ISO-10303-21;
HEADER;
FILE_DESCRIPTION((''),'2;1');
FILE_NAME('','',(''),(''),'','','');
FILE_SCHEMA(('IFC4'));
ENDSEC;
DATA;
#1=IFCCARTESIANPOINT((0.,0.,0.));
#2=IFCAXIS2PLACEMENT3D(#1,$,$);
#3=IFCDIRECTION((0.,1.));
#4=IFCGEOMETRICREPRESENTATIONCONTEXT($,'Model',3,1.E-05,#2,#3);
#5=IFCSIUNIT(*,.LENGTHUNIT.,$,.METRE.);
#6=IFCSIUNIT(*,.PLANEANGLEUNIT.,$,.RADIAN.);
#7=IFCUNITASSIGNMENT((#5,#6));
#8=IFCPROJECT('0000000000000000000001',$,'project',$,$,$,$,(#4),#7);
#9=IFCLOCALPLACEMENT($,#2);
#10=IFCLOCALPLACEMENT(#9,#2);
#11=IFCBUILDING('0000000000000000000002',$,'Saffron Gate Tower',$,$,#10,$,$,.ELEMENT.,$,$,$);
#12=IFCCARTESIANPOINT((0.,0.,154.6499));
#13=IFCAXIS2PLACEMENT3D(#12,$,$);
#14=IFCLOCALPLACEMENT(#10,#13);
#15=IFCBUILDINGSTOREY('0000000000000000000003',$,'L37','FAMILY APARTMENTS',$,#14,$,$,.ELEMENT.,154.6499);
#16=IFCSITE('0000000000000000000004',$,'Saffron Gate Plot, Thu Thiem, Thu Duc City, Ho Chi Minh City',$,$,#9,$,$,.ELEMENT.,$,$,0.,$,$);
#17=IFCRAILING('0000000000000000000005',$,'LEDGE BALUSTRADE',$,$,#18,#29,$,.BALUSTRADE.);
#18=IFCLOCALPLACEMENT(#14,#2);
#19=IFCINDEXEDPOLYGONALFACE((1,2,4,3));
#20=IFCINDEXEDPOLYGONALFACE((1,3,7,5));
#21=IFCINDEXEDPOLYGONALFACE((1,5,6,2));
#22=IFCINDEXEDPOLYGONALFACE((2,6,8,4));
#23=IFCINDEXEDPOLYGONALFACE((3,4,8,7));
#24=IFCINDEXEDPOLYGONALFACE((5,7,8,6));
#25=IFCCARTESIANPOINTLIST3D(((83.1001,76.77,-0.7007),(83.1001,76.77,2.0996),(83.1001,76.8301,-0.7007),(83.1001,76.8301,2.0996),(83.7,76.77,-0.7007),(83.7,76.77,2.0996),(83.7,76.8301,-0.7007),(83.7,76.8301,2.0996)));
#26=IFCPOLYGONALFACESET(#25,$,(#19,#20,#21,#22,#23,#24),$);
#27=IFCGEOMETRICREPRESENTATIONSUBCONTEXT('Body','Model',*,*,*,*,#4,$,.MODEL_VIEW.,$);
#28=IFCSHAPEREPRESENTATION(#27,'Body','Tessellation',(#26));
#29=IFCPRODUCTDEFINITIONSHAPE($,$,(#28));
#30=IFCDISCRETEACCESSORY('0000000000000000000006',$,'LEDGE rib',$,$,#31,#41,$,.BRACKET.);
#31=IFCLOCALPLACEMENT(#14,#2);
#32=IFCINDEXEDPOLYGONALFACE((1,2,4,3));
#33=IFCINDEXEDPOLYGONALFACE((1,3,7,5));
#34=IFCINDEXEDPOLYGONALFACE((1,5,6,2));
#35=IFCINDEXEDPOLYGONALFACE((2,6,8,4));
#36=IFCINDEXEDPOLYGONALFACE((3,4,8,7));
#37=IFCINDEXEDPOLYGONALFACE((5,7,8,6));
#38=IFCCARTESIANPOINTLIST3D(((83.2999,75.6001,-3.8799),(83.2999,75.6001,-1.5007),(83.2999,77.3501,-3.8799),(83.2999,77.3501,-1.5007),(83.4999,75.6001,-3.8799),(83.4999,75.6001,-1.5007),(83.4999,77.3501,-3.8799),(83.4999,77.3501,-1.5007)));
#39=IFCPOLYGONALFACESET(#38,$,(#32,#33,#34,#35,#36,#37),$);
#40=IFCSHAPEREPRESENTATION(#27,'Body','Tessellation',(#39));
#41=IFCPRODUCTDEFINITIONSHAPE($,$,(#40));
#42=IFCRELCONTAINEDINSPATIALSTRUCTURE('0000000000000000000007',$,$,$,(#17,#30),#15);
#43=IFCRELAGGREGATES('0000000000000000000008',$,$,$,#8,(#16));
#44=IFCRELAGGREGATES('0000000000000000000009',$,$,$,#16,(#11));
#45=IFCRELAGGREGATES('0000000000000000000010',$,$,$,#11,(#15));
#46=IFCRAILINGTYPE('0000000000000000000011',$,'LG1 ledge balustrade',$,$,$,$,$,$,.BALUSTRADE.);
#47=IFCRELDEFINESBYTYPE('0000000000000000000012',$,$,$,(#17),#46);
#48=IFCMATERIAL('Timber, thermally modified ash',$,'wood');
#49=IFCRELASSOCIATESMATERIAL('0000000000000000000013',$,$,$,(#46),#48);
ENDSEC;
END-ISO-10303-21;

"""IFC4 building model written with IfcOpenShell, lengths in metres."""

from ifc_helpers import new_model, si_unit, direction, frame, origin, origin_2d, place, context, subcontext, project, spatial, rectangle, extrude, material, type_object, element, save


model = new_model("IFC4")

# Units and contexts
model_context = context("Model", 3, precision=1e-05, world=origin(), true_north=direction((0.0, 1.0)))
body_context = subcontext(model_context, "Body", "Model", "MODEL_VIEW")
ifc_project = project(units=[si_unit("LENGTHUNIT", "METRE"), si_unit("PLANEANGLEUNIT", "RADIAN")], contexts=[model_context])

# Site, building, storey
site_placement = place(None, origin())
site = spatial("IfcSite", under=ifc_project, at=site_placement, Name="Saffron Gate Plot, Thu Thiem, Thu Duc City, Ho Chi Minh City", CompositionType="ELEMENT", RefElevation=0.0)
building_placement = place(site_placement, origin())
building = spatial("IfcBuilding", under=site, at=building_placement, Name="Saffron Gate Tower", CompositionType="ELEMENT")
storey_placement = place(building_placement, frame((0.0, 0.0, 154.6499)))
storey = spatial("IfcBuildingStorey", under=building, at=storey_placement, Name="L37", Description="FAMILY APARTMENTS", CompositionType="ELEMENT", Elevation=154.6499)

# Shared definitions
ifc_material_1 = material(Name="Timber, thermally modified ash", Category="wood")

# Railing
railing_type_1 = type_object("IfcRailingType", Name="LG1 ledge balustrade", PredefinedType="BALUSTRADE", material=ifc_material_1)
railing_1_placement = place(storey_placement, frame((83.7, 76.8, -0.7007)))
element("IfcRailing", 1, at=railing_1_placement, inside=storey, type_object=railing_type_1, Name="LEDGE BALUSTRADE", PredefinedType="BALUSTRADE", context=body_context, shape_type="SweptSolid", body=[
    extrude(rectangle(XDim=0.0601, YDim=2.8003, at=origin_2d()), frame((0.0, 0.0, 1.4001), z_axis=(-1.0, 0.0, 0.0), x_axis=(0.0, -1.0, 0.0)), (0.0, 0.0, 1.0), 0.5999),
])

# Discrete accessory
discrete_accessory_placement = place(storey_placement, frame((83.3999, 76.4751, -3.8799), z_axis=(0.0, 0.0, 1.0), x_axis=(-1.0, 0.0, 0.0)))
element("IfcDiscreteAccessory", 2, at=discrete_accessory_placement, inside=storey, Name="LEDGE rib", PredefinedType="BRACKET", context=body_context, shape_type="SweptSolid", body=[
    extrude(rectangle(XDim=0.2, YDim=1.75, at=origin_2d()), origin(), (0.0, 0.0, 1.0), 2.3792),
])

save(model, "model.ifc")
